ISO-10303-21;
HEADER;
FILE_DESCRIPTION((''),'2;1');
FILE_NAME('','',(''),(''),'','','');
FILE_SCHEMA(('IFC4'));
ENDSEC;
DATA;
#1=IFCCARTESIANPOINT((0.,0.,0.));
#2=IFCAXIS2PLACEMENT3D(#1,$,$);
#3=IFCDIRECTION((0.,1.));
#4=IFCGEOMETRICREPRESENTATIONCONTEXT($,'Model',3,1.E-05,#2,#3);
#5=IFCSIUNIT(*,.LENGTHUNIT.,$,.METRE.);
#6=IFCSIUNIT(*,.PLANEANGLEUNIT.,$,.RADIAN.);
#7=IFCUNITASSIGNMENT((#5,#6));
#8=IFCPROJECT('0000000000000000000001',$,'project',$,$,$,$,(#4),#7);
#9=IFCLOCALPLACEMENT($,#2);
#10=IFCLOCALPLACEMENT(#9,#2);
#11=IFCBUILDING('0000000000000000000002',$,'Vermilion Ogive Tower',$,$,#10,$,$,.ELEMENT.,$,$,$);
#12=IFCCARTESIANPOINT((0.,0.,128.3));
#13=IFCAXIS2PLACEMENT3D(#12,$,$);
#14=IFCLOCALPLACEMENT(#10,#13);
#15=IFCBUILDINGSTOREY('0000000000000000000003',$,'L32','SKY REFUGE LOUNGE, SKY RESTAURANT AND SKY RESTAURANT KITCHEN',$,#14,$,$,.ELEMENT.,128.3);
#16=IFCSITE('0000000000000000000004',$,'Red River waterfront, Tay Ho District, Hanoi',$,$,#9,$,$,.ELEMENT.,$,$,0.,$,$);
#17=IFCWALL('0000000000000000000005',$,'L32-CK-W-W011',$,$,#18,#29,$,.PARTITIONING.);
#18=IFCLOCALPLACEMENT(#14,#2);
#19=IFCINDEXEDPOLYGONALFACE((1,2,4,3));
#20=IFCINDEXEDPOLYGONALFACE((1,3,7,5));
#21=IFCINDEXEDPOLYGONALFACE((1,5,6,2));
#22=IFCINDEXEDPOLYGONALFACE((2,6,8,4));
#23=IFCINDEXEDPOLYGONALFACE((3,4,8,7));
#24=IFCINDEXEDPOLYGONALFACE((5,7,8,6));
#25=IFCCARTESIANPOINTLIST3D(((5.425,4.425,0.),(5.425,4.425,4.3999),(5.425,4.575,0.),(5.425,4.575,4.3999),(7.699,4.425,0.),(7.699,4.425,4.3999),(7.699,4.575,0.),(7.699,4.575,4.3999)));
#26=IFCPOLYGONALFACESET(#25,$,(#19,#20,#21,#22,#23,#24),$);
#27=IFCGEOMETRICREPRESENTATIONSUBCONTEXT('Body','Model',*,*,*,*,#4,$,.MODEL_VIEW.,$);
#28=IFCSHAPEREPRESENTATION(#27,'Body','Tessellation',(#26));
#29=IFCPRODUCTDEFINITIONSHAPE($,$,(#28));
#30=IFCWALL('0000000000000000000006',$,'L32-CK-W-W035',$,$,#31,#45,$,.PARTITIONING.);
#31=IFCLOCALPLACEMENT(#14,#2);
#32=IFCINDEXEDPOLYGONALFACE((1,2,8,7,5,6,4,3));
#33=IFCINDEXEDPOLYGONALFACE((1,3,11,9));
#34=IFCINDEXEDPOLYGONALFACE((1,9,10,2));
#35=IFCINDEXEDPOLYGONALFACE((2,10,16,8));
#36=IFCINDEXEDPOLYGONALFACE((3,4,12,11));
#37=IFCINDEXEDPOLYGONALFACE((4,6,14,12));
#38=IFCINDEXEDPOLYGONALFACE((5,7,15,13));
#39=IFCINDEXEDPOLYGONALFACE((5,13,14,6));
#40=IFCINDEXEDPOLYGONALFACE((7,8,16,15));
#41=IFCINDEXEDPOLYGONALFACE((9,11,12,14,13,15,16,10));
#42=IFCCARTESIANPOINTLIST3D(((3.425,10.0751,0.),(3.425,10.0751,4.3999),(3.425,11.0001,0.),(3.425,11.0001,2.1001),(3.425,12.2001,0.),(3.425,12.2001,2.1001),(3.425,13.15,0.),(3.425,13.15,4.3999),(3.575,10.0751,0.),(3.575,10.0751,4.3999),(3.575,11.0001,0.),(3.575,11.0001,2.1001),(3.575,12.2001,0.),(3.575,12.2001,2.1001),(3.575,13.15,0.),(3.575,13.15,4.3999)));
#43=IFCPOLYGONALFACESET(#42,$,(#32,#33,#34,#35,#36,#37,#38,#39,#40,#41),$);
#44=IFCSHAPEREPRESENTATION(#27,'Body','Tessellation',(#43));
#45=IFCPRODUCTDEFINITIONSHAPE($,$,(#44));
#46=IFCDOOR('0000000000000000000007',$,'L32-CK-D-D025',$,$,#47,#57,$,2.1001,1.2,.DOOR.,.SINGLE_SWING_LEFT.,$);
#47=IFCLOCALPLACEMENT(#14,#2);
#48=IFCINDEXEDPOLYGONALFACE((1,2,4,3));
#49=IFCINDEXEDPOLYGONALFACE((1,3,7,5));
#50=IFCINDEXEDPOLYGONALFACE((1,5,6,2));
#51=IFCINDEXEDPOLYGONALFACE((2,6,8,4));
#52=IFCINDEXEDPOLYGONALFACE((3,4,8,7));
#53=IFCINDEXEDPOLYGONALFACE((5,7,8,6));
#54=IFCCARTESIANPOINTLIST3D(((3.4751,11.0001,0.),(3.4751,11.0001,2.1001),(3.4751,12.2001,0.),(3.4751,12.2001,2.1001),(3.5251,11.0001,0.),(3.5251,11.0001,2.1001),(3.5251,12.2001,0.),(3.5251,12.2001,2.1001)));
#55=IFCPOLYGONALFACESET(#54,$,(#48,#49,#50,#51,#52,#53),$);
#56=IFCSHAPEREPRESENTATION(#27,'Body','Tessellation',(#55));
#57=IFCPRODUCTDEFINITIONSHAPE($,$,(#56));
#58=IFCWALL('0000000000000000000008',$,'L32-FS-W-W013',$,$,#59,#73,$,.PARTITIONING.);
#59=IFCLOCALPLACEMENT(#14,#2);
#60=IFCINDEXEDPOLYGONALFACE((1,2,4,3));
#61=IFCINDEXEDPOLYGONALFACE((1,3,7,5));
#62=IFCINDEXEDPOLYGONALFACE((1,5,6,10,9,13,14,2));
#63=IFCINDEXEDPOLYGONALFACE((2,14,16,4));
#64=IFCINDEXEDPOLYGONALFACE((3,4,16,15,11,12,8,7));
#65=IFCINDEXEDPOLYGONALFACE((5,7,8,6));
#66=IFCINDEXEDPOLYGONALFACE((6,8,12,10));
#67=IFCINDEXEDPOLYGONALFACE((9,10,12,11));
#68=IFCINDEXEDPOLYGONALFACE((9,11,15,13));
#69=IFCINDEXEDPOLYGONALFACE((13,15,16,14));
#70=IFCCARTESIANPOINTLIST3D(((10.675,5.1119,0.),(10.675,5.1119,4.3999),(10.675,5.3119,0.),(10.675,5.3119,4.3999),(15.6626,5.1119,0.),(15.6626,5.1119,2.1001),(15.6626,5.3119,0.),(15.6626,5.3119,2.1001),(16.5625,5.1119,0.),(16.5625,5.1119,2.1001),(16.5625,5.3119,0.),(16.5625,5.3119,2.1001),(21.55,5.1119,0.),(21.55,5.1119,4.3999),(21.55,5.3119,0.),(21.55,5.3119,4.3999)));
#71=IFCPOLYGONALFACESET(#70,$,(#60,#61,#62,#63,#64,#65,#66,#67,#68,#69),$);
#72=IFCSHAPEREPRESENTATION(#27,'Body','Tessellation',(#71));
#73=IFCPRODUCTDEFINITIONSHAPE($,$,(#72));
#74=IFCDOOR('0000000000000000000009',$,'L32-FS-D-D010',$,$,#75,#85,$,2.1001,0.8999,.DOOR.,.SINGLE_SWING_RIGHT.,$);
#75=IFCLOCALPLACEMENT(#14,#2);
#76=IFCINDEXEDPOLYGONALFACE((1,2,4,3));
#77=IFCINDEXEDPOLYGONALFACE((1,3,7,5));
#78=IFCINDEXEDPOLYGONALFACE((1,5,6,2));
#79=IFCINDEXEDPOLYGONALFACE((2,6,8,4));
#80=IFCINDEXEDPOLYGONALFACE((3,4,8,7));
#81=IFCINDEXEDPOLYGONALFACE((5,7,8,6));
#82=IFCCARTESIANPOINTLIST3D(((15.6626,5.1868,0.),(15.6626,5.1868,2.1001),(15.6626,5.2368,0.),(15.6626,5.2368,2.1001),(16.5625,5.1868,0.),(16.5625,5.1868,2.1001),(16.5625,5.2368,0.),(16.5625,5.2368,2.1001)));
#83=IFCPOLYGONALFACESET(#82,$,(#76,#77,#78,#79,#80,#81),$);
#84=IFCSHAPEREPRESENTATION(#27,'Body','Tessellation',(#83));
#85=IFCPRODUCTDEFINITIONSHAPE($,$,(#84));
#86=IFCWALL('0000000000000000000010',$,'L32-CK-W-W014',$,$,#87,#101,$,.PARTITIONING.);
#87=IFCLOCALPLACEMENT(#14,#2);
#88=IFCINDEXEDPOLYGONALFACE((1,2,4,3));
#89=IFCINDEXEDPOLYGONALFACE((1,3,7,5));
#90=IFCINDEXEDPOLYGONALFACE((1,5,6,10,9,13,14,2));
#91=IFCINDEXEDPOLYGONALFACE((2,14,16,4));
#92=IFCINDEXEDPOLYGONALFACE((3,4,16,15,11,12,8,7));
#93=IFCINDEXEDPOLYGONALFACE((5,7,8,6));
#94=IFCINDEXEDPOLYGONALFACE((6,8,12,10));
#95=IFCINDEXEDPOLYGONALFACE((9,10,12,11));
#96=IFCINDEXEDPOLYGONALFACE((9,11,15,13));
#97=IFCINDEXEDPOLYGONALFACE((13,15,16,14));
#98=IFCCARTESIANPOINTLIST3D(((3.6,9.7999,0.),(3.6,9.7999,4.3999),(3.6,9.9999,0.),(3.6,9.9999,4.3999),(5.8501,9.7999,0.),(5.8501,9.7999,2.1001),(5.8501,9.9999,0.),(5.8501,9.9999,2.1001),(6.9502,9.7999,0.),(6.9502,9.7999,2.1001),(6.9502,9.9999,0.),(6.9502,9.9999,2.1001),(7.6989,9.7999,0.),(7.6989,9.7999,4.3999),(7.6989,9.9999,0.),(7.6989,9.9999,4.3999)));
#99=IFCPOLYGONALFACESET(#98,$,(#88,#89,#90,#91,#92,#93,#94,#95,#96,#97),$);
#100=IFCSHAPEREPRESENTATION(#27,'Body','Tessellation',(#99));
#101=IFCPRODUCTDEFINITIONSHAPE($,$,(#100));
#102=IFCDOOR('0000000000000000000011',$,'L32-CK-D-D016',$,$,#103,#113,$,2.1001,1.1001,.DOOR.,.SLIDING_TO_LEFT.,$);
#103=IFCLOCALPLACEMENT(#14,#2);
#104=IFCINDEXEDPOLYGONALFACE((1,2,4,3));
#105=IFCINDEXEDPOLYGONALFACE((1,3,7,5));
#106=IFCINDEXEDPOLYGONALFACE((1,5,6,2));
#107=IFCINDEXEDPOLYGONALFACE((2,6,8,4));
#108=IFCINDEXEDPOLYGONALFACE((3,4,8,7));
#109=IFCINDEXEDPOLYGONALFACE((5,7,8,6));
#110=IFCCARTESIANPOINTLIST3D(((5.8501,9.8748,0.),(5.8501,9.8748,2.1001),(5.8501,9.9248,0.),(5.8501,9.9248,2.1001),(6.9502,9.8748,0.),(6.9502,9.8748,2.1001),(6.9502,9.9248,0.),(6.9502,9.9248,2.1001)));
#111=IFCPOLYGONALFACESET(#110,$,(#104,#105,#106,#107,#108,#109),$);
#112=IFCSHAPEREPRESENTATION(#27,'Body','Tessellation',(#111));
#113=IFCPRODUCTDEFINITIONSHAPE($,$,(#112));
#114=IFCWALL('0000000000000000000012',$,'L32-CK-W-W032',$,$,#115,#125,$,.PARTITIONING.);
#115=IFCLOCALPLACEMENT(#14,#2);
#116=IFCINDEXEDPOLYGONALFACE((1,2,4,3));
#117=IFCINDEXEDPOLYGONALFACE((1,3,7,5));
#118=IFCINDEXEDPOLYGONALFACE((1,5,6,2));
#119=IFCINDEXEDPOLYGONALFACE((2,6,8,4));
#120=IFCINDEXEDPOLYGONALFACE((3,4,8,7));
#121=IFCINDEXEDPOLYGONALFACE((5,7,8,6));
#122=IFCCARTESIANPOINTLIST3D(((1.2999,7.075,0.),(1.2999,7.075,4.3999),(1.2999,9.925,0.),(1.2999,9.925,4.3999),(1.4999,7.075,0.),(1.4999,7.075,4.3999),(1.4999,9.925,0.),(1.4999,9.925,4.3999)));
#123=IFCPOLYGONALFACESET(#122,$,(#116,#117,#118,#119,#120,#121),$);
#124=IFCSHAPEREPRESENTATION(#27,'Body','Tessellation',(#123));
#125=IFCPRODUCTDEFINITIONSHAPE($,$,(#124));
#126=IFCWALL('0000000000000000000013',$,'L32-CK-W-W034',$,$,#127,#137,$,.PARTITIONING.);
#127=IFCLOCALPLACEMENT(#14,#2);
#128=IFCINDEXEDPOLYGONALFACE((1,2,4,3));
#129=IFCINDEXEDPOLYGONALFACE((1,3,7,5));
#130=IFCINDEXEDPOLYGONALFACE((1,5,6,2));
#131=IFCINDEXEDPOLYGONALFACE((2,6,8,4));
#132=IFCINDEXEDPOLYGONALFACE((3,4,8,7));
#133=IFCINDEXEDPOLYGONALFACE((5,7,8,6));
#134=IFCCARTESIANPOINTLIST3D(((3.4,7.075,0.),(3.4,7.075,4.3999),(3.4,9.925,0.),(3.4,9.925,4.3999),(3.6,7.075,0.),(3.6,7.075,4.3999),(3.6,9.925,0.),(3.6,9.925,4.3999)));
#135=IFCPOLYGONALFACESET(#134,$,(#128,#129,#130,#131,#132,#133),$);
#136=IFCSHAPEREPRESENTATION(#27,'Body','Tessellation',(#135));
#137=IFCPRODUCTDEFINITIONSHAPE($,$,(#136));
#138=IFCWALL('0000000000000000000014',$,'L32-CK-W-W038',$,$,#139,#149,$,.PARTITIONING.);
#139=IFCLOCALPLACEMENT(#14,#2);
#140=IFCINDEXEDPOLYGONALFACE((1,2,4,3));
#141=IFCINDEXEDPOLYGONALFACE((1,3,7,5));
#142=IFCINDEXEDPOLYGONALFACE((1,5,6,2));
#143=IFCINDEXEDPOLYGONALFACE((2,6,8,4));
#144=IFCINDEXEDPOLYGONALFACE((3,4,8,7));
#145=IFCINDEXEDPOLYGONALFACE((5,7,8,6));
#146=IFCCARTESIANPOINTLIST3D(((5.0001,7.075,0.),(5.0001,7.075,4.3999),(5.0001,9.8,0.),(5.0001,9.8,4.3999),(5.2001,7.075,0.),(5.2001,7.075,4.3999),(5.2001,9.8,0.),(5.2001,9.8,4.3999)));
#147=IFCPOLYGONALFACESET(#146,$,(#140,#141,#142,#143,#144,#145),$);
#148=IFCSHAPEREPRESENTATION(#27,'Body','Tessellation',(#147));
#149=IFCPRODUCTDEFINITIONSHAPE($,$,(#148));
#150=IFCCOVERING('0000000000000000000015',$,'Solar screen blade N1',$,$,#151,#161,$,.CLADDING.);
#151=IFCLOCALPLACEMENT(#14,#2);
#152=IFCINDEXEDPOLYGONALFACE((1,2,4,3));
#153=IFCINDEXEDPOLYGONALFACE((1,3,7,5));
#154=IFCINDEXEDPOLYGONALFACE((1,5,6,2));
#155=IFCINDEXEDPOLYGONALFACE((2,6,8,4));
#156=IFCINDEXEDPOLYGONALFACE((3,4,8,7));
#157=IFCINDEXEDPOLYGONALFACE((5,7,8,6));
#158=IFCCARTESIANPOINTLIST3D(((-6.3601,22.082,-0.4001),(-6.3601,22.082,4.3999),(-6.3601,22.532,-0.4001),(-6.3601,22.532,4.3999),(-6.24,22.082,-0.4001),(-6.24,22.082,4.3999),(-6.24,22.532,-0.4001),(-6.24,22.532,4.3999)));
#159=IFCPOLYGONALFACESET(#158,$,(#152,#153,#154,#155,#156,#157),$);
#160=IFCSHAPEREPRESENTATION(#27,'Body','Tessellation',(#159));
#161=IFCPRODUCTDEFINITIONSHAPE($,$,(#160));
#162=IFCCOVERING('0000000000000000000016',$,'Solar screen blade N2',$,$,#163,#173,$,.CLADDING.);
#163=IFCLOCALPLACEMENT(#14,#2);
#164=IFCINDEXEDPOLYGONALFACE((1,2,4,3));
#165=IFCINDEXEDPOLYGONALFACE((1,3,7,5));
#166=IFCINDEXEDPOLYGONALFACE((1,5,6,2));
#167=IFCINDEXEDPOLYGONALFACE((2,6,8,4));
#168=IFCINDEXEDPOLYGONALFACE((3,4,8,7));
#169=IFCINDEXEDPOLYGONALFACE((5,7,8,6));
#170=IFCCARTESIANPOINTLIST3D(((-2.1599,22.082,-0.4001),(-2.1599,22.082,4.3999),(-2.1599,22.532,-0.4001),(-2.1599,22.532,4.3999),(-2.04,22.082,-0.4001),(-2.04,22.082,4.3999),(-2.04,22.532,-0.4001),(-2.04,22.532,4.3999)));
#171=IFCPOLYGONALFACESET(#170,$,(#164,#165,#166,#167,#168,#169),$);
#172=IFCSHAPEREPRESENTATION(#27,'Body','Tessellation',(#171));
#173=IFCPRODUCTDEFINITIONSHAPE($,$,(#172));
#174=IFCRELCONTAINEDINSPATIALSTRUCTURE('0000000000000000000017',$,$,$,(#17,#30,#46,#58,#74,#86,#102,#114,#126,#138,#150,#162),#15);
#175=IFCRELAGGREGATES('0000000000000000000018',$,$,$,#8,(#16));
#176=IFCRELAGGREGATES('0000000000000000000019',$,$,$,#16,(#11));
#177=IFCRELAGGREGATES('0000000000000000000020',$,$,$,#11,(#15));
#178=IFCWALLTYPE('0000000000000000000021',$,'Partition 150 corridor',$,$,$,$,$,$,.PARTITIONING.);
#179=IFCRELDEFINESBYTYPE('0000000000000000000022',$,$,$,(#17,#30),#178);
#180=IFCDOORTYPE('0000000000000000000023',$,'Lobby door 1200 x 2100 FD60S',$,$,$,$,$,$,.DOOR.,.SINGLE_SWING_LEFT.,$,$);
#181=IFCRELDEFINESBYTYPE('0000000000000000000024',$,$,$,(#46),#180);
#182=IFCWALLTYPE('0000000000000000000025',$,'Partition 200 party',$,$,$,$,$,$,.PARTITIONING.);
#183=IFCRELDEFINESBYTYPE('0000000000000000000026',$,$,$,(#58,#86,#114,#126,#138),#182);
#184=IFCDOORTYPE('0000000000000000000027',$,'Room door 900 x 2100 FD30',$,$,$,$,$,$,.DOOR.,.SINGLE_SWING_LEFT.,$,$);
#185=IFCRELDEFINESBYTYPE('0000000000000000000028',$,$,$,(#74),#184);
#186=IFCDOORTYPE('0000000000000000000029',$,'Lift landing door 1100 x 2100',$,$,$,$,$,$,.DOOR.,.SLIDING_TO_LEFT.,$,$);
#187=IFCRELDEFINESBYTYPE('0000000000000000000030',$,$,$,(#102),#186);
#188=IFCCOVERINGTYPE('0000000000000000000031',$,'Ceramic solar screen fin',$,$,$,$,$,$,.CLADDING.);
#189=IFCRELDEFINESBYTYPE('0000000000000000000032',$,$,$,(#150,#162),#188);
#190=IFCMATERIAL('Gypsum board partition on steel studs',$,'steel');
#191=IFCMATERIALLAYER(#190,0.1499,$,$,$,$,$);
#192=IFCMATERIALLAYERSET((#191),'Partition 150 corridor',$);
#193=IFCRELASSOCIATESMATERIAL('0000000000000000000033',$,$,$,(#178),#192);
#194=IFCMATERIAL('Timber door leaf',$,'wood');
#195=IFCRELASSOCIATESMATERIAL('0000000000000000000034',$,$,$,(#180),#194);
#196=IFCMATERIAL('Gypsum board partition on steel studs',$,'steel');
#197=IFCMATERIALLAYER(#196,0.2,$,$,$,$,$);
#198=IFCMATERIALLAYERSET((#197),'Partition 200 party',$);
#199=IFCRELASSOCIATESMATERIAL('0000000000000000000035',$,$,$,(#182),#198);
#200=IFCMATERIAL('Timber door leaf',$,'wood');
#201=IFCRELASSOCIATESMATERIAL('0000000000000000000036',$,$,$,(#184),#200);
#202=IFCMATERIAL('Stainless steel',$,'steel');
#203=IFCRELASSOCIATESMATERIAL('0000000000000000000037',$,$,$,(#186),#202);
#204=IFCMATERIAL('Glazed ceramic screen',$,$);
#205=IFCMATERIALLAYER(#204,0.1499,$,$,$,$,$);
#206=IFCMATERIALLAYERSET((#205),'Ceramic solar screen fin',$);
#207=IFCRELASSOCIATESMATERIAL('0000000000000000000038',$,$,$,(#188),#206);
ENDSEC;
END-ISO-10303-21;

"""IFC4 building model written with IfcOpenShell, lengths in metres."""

from ifc_helpers import new_model, si_unit, direction, frame, frame_2d, origin, place, context, subcontext, project, spatial, polyline, rectangle, outline, extrude, material, layer, layer_set, type_object, element, fill, save


model = new_model("IFC4")

# Units and contexts
model_context = context("Model", 3, precision=1e-05, world=origin(), true_north=direction((0.0, 1.0)))
body_context = subcontext(model_context, "Body", "Model", "MODEL_VIEW")
ifc_project = project(units=[si_unit("LENGTHUNIT", "METRE"), si_unit("PLANEANGLEUNIT", "RADIAN")], contexts=[model_context])

# Site, building, storey
site_placement = place(None, origin())
site = spatial("IfcSite", under=ifc_project, at=site_placement, Name="Red River waterfront, Tay Ho District, Hanoi", CompositionType="ELEMENT", RefElevation=0.0)
building_placement = place(site_placement, origin())
building = spatial("IfcBuilding", under=site, at=building_placement, Name="Vermilion Ogive Tower", CompositionType="ELEMENT")
storey_placement = place(building_placement, frame((0.0, 0.0, 128.3)))
storey = spatial("IfcBuildingStorey", under=building, at=storey_placement, Name="L32", Description="SKY REFUGE LOUNGE, SKY RESTAURANT AND SKY RESTAURANT KITCHEN", CompositionType="ELEMENT", Elevation=128.3)

# Wall
ifc_material_1 = material(Name="Gypsum board partition on steel studs", Category="steel")
ifc_layer_1 = layer(ifc_material_1, 0.1499)
ifc_layer_set_1 = layer_set([ifc_layer_1], Name="Partition 150 corridor")
wall_type_1 = type_object("IfcWallType", Name="Partition 150 corridor", PredefinedType="PARTITIONING", material=ifc_layer_set_1)
wall_1_placement = place(storey_placement, frame((5.425, 4.5, 0.0), z_axis=(0.0, 0.0, 1.0), x_axis=(1.0, 0.0, 0.0)))
element("IfcWall", 1, at=wall_1_placement, inside=storey, type_object=wall_type_1, Name="L32-CK-W-W011", PredefinedType="PARTITIONING", context=body_context, shape_type="SweptSolid", body=[
    extrude(rectangle(XDim=2.2739, YDim=0.1499, at=frame_2d((1.137, 0.0))), origin(), (0.0, 0.0, 1.0), 4.3999),
])

# Walls, openings, doors
wall_2_placement = place(storey_placement, frame((3.5, 10.075, 0.0), z_axis=(0.0, 0.0, 1.0), x_axis=(0.0, 1.0, 0.0)))
wall_2 = element("IfcWall", 2, at=wall_2_placement, inside=storey, type_object=wall_type_1, Name="L32-CK-W-W035", PredefinedType="PARTITIONING", context=body_context, shape_type="SweptSolid", body=[
    extrude(rectangle(XDim=3.075, YDim=0.1499, at=frame_2d((1.5376, 0.0))), origin(), (0.0, 0.0, 1.0), 4.3999),
])
opening_1_placement = place(wall_2_placement, frame((0.925, 0.0, 0.0)))
opening_1 = element("IfcOpeningElement", 3, at=opening_1_placement, cuts=wall_2, PredefinedType="OPENING", context=body_context, shape_type="SweptSolid", body=[
    extrude(rectangle(XDim=1.2, YDim=2.1001, at=frame_2d((0.6001, 1.05))), frame((0.0, 0.085, 0.0), z_axis=(0.0, -1.0, 0.0), x_axis=(1.0, 0.0, 0.0)), (0.0, 0.0, 1.0), 0.1699),
])
ifc_material_2 = material(Name="Timber door leaf", Category="wood")
door_type_1 = type_object("IfcDoorType", Name="Lobby door 1200 x 2100 FD60S", OperationType="SINGLE_SWING_LEFT", PredefinedType="DOOR", material=ifc_material_2)
door_1_placement = place(opening_1_placement, origin())
door_1 = element("IfcDoor", 4, at=door_1_placement, inside=storey, type_object=door_type_1, Name="L32-CK-D-D025", OperationType="SINGLE_SWING_LEFT", OverallHeight=2.1001, OverallWidth=1.2, PredefinedType="DOOR", context=body_context, shape_type="SweptSolid", body=[
    extrude(rectangle(XDim=1.2, YDim=2.1001, at=frame_2d((0.6001, 1.05))), frame((0.0, 0.0249, 0.0), z_axis=(0.0, -1.0, 0.0), x_axis=(1.0, 0.0, 0.0)), (0.0, 0.0, 1.0), 0.05),
])
fill(opening_1, door_1)
ifc_material_3 = material(Name="Gypsum board partition on steel studs", Category="steel")
ifc_layer_2 = layer(ifc_material_3, 0.2)
ifc_layer_set_2 = layer_set([ifc_layer_2], Name="Partition 200 party")
wall_type_2 = type_object("IfcWallType", Name="Partition 200 party", PredefinedType="PARTITIONING", material=ifc_layer_set_2)
wall_3_placement = place(storey_placement, frame((10.675, 5.2119, 0.0), z_axis=(0.0, 0.0, 1.0), x_axis=(1.0, 0.0, 0.0)))
wall_3 = element("IfcWall", 5, at=wall_3_placement, inside=storey, type_object=wall_type_2, Name="L32-FS-W-W013", PredefinedType="PARTITIONING", context=body_context, shape_type="SweptSolid", body=[
    extrude(rectangle(XDim=10.875, YDim=0.2, at=frame_2d((5.4375, 0.0))), origin(), (0.0, 0.0, 1.0), 4.3999),
])
opening_2_placement = place(wall_3_placement, frame((4.9875, 0.0, 0.0)))
opening_2 = element("IfcOpeningElement", 6, at=opening_2_placement, cuts=wall_3, PredefinedType="OPENING", context=body_context, shape_type="SweptSolid", body=[
    extrude(rectangle(XDim=0.8999, YDim=2.1001, at=frame_2d((0.45, 1.05))), frame((0.0, 0.1099, 0.0), z_axis=(0.0, -1.0, 0.0), x_axis=(1.0, 0.0, 0.0)), (0.0, 0.0, 1.0), 0.22),
])
ifc_material_4 = material(Name="Timber door leaf", Category="wood")
door_type_2 = type_object("IfcDoorType", Name="Room door 900 x 2100 FD30", OperationType="SINGLE_SWING_LEFT", PredefinedType="DOOR", material=ifc_material_4)
door_2_placement = place(opening_2_placement, origin())
door_2 = element("IfcDoor", 7, at=door_2_placement, inside=storey, type_object=door_type_2, Name="L32-FS-D-D010", OperationType="SINGLE_SWING_RIGHT", OverallHeight=2.1001, OverallWidth=0.8999, PredefinedType="DOOR", context=body_context, shape_type="SweptSolid", body=[
    extrude(rectangle(XDim=0.8999, YDim=2.1001, at=frame_2d((0.45, 1.05))), frame((0.0, 0.0249, 0.0), z_axis=(0.0, -1.0, 0.0), x_axis=(1.0, 0.0, 0.0)), (0.0, 0.0, 1.0), 0.05),
])
fill(opening_2, door_2)
wall_4_placement = place(storey_placement, frame((3.6001, 9.8999, 0.0), z_axis=(0.0, 0.0, 1.0), x_axis=(1.0, 0.0, 0.0)))
wall_4 = element("IfcWall", 8, at=wall_4_placement, inside=storey, type_object=wall_type_2, Name="L32-CK-W-W014", PredefinedType="PARTITIONING", context=body_context, shape_type="SweptSolid", body=[
    extrude(rectangle(XDim=4.0989, YDim=0.2, at=frame_2d((2.0493, 0.0))), origin(), (0.0, 0.0, 1.0), 4.3999),
])
opening_3_placement = place(wall_4_placement, frame((2.25, 0.0, 0.0)))
opening_3 = element("IfcOpeningElement", 9, at=opening_3_placement, cuts=wall_4, PredefinedType="OPENING", context=body_context, shape_type="SweptSolid", body=[
    extrude(rectangle(XDim=1.1001, YDim=2.1001, at=frame_2d((0.55, 1.05))), frame((0.0, 0.1099, 0.0), z_axis=(0.0, -1.0, 0.0), x_axis=(1.0, 0.0, 0.0)), (0.0, 0.0, 1.0), 0.22),
])
ifc_material_5 = material(Name="Stainless steel", Category="steel")
door_type_3 = type_object("IfcDoorType", Name="Lift landing door 1100 x 2100", OperationType="SLIDING_TO_LEFT", PredefinedType="DOOR", material=ifc_material_5)
door_3_placement = place(opening_3_placement, origin())
door_3 = element("IfcDoor", 10, at=door_3_placement, inside=storey, type_object=door_type_3, Name="L32-CK-D-D016", OperationType="SLIDING_TO_LEFT", OverallHeight=2.1001, OverallWidth=1.1001, PredefinedType="DOOR", context=body_context, shape_type="SweptSolid", body=[
    extrude(rectangle(XDim=1.1001, YDim=2.1001, at=frame_2d((0.55, 1.05))), frame((0.0, 0.0249, 0.0), z_axis=(0.0, -1.0, 0.0), x_axis=(1.0, 0.0, 0.0)), (0.0, 0.0, 1.0), 0.05),
])
fill(opening_3, door_3)

# Walls
for number, where, z_axis, x_axis, name in (
    (11, (1.3999, 7.075, 0.0), (0.0, 0.0, 1.0), (0.0, 1.0, 0.0), "L32-CK-W-W032"),
    (12, (3.5, 7.075, 0.0), (0.0, 0.0, 1.0), (0.0, 1.0, 0.0), "L32-CK-W-W034"),
):
    element("IfcWall", number, at=place(storey_placement, frame(where, z_axis=z_axis, x_axis=x_axis)), inside=storey, type_object=wall_type_2, Name=name, PredefinedType="PARTITIONING", context=body_context, shape_type="SweptSolid", body=[
        extrude(rectangle(XDim=2.8501, YDim=0.2, at=frame_2d((1.425, 0.0))), origin(), (0.0, 0.0, 1.0), 4.3999),
    ])
wall_5_placement = place(storey_placement, frame((5.1001, 7.075, 0.0), z_axis=(0.0, 0.0, 1.0), x_axis=(0.0, 1.0, 0.0)))
element("IfcWall", 13, at=wall_5_placement, inside=storey, type_object=wall_type_2, Name="L32-CK-W-W038", PredefinedType="PARTITIONING", context=body_context, shape_type="SweptSolid", body=[
    extrude(rectangle(XDim=2.7251, YDim=0.2, at=frame_2d((1.3625, 0.0))), origin(), (0.0, 0.0, 1.0), 4.3999),
])

# Coverings
ifc_material_6 = material(Name="Glazed ceramic screen")
ifc_layer_3 = layer(ifc_material_6, 0.1499)
ifc_layer_set_3 = layer_set([ifc_layer_3], Name="Ceramic solar screen fin")
covering_type_1 = type_object("IfcCoveringType", Name="Ceramic solar screen fin", PredefinedType="CLADDING", material=ifc_layer_set_3)
covering_1_placement = place(storey_placement, frame((0.0, 0.0, -0.4001)))
element("IfcCovering", 14, at=covering_1_placement, inside=storey, type_object=covering_type_1, Name="Solar screen blade N1", PredefinedType="CLADDING", context=body_context, shape_type="SweptSolid", body=[
    extrude(outline(polyline([(-6.3601, 22.082), (-6.24, 22.082), (-6.24, 22.532), (-6.3601, 22.532), (-6.3601, 22.082)])), origin(), (0.0, 0.0, 1.0), 4.8),
])
covering_2_placement = place(storey_placement, frame((0.0, 0.0, -0.4001)))
element("IfcCovering", 15, at=covering_2_placement, inside=storey, type_object=covering_type_1, Name="Solar screen blade N2", PredefinedType="CLADDING", context=body_context, shape_type="SweptSolid", body=[
    extrude(outline(polyline([(-2.1599, 22.082), (-2.04, 22.082), (-2.04, 22.532), (-2.1599, 22.532), (-2.1599, 22.082)])), origin(), (0.0, 0.0, 1.0), 4.8),
])

save(model, "model.ifc")
